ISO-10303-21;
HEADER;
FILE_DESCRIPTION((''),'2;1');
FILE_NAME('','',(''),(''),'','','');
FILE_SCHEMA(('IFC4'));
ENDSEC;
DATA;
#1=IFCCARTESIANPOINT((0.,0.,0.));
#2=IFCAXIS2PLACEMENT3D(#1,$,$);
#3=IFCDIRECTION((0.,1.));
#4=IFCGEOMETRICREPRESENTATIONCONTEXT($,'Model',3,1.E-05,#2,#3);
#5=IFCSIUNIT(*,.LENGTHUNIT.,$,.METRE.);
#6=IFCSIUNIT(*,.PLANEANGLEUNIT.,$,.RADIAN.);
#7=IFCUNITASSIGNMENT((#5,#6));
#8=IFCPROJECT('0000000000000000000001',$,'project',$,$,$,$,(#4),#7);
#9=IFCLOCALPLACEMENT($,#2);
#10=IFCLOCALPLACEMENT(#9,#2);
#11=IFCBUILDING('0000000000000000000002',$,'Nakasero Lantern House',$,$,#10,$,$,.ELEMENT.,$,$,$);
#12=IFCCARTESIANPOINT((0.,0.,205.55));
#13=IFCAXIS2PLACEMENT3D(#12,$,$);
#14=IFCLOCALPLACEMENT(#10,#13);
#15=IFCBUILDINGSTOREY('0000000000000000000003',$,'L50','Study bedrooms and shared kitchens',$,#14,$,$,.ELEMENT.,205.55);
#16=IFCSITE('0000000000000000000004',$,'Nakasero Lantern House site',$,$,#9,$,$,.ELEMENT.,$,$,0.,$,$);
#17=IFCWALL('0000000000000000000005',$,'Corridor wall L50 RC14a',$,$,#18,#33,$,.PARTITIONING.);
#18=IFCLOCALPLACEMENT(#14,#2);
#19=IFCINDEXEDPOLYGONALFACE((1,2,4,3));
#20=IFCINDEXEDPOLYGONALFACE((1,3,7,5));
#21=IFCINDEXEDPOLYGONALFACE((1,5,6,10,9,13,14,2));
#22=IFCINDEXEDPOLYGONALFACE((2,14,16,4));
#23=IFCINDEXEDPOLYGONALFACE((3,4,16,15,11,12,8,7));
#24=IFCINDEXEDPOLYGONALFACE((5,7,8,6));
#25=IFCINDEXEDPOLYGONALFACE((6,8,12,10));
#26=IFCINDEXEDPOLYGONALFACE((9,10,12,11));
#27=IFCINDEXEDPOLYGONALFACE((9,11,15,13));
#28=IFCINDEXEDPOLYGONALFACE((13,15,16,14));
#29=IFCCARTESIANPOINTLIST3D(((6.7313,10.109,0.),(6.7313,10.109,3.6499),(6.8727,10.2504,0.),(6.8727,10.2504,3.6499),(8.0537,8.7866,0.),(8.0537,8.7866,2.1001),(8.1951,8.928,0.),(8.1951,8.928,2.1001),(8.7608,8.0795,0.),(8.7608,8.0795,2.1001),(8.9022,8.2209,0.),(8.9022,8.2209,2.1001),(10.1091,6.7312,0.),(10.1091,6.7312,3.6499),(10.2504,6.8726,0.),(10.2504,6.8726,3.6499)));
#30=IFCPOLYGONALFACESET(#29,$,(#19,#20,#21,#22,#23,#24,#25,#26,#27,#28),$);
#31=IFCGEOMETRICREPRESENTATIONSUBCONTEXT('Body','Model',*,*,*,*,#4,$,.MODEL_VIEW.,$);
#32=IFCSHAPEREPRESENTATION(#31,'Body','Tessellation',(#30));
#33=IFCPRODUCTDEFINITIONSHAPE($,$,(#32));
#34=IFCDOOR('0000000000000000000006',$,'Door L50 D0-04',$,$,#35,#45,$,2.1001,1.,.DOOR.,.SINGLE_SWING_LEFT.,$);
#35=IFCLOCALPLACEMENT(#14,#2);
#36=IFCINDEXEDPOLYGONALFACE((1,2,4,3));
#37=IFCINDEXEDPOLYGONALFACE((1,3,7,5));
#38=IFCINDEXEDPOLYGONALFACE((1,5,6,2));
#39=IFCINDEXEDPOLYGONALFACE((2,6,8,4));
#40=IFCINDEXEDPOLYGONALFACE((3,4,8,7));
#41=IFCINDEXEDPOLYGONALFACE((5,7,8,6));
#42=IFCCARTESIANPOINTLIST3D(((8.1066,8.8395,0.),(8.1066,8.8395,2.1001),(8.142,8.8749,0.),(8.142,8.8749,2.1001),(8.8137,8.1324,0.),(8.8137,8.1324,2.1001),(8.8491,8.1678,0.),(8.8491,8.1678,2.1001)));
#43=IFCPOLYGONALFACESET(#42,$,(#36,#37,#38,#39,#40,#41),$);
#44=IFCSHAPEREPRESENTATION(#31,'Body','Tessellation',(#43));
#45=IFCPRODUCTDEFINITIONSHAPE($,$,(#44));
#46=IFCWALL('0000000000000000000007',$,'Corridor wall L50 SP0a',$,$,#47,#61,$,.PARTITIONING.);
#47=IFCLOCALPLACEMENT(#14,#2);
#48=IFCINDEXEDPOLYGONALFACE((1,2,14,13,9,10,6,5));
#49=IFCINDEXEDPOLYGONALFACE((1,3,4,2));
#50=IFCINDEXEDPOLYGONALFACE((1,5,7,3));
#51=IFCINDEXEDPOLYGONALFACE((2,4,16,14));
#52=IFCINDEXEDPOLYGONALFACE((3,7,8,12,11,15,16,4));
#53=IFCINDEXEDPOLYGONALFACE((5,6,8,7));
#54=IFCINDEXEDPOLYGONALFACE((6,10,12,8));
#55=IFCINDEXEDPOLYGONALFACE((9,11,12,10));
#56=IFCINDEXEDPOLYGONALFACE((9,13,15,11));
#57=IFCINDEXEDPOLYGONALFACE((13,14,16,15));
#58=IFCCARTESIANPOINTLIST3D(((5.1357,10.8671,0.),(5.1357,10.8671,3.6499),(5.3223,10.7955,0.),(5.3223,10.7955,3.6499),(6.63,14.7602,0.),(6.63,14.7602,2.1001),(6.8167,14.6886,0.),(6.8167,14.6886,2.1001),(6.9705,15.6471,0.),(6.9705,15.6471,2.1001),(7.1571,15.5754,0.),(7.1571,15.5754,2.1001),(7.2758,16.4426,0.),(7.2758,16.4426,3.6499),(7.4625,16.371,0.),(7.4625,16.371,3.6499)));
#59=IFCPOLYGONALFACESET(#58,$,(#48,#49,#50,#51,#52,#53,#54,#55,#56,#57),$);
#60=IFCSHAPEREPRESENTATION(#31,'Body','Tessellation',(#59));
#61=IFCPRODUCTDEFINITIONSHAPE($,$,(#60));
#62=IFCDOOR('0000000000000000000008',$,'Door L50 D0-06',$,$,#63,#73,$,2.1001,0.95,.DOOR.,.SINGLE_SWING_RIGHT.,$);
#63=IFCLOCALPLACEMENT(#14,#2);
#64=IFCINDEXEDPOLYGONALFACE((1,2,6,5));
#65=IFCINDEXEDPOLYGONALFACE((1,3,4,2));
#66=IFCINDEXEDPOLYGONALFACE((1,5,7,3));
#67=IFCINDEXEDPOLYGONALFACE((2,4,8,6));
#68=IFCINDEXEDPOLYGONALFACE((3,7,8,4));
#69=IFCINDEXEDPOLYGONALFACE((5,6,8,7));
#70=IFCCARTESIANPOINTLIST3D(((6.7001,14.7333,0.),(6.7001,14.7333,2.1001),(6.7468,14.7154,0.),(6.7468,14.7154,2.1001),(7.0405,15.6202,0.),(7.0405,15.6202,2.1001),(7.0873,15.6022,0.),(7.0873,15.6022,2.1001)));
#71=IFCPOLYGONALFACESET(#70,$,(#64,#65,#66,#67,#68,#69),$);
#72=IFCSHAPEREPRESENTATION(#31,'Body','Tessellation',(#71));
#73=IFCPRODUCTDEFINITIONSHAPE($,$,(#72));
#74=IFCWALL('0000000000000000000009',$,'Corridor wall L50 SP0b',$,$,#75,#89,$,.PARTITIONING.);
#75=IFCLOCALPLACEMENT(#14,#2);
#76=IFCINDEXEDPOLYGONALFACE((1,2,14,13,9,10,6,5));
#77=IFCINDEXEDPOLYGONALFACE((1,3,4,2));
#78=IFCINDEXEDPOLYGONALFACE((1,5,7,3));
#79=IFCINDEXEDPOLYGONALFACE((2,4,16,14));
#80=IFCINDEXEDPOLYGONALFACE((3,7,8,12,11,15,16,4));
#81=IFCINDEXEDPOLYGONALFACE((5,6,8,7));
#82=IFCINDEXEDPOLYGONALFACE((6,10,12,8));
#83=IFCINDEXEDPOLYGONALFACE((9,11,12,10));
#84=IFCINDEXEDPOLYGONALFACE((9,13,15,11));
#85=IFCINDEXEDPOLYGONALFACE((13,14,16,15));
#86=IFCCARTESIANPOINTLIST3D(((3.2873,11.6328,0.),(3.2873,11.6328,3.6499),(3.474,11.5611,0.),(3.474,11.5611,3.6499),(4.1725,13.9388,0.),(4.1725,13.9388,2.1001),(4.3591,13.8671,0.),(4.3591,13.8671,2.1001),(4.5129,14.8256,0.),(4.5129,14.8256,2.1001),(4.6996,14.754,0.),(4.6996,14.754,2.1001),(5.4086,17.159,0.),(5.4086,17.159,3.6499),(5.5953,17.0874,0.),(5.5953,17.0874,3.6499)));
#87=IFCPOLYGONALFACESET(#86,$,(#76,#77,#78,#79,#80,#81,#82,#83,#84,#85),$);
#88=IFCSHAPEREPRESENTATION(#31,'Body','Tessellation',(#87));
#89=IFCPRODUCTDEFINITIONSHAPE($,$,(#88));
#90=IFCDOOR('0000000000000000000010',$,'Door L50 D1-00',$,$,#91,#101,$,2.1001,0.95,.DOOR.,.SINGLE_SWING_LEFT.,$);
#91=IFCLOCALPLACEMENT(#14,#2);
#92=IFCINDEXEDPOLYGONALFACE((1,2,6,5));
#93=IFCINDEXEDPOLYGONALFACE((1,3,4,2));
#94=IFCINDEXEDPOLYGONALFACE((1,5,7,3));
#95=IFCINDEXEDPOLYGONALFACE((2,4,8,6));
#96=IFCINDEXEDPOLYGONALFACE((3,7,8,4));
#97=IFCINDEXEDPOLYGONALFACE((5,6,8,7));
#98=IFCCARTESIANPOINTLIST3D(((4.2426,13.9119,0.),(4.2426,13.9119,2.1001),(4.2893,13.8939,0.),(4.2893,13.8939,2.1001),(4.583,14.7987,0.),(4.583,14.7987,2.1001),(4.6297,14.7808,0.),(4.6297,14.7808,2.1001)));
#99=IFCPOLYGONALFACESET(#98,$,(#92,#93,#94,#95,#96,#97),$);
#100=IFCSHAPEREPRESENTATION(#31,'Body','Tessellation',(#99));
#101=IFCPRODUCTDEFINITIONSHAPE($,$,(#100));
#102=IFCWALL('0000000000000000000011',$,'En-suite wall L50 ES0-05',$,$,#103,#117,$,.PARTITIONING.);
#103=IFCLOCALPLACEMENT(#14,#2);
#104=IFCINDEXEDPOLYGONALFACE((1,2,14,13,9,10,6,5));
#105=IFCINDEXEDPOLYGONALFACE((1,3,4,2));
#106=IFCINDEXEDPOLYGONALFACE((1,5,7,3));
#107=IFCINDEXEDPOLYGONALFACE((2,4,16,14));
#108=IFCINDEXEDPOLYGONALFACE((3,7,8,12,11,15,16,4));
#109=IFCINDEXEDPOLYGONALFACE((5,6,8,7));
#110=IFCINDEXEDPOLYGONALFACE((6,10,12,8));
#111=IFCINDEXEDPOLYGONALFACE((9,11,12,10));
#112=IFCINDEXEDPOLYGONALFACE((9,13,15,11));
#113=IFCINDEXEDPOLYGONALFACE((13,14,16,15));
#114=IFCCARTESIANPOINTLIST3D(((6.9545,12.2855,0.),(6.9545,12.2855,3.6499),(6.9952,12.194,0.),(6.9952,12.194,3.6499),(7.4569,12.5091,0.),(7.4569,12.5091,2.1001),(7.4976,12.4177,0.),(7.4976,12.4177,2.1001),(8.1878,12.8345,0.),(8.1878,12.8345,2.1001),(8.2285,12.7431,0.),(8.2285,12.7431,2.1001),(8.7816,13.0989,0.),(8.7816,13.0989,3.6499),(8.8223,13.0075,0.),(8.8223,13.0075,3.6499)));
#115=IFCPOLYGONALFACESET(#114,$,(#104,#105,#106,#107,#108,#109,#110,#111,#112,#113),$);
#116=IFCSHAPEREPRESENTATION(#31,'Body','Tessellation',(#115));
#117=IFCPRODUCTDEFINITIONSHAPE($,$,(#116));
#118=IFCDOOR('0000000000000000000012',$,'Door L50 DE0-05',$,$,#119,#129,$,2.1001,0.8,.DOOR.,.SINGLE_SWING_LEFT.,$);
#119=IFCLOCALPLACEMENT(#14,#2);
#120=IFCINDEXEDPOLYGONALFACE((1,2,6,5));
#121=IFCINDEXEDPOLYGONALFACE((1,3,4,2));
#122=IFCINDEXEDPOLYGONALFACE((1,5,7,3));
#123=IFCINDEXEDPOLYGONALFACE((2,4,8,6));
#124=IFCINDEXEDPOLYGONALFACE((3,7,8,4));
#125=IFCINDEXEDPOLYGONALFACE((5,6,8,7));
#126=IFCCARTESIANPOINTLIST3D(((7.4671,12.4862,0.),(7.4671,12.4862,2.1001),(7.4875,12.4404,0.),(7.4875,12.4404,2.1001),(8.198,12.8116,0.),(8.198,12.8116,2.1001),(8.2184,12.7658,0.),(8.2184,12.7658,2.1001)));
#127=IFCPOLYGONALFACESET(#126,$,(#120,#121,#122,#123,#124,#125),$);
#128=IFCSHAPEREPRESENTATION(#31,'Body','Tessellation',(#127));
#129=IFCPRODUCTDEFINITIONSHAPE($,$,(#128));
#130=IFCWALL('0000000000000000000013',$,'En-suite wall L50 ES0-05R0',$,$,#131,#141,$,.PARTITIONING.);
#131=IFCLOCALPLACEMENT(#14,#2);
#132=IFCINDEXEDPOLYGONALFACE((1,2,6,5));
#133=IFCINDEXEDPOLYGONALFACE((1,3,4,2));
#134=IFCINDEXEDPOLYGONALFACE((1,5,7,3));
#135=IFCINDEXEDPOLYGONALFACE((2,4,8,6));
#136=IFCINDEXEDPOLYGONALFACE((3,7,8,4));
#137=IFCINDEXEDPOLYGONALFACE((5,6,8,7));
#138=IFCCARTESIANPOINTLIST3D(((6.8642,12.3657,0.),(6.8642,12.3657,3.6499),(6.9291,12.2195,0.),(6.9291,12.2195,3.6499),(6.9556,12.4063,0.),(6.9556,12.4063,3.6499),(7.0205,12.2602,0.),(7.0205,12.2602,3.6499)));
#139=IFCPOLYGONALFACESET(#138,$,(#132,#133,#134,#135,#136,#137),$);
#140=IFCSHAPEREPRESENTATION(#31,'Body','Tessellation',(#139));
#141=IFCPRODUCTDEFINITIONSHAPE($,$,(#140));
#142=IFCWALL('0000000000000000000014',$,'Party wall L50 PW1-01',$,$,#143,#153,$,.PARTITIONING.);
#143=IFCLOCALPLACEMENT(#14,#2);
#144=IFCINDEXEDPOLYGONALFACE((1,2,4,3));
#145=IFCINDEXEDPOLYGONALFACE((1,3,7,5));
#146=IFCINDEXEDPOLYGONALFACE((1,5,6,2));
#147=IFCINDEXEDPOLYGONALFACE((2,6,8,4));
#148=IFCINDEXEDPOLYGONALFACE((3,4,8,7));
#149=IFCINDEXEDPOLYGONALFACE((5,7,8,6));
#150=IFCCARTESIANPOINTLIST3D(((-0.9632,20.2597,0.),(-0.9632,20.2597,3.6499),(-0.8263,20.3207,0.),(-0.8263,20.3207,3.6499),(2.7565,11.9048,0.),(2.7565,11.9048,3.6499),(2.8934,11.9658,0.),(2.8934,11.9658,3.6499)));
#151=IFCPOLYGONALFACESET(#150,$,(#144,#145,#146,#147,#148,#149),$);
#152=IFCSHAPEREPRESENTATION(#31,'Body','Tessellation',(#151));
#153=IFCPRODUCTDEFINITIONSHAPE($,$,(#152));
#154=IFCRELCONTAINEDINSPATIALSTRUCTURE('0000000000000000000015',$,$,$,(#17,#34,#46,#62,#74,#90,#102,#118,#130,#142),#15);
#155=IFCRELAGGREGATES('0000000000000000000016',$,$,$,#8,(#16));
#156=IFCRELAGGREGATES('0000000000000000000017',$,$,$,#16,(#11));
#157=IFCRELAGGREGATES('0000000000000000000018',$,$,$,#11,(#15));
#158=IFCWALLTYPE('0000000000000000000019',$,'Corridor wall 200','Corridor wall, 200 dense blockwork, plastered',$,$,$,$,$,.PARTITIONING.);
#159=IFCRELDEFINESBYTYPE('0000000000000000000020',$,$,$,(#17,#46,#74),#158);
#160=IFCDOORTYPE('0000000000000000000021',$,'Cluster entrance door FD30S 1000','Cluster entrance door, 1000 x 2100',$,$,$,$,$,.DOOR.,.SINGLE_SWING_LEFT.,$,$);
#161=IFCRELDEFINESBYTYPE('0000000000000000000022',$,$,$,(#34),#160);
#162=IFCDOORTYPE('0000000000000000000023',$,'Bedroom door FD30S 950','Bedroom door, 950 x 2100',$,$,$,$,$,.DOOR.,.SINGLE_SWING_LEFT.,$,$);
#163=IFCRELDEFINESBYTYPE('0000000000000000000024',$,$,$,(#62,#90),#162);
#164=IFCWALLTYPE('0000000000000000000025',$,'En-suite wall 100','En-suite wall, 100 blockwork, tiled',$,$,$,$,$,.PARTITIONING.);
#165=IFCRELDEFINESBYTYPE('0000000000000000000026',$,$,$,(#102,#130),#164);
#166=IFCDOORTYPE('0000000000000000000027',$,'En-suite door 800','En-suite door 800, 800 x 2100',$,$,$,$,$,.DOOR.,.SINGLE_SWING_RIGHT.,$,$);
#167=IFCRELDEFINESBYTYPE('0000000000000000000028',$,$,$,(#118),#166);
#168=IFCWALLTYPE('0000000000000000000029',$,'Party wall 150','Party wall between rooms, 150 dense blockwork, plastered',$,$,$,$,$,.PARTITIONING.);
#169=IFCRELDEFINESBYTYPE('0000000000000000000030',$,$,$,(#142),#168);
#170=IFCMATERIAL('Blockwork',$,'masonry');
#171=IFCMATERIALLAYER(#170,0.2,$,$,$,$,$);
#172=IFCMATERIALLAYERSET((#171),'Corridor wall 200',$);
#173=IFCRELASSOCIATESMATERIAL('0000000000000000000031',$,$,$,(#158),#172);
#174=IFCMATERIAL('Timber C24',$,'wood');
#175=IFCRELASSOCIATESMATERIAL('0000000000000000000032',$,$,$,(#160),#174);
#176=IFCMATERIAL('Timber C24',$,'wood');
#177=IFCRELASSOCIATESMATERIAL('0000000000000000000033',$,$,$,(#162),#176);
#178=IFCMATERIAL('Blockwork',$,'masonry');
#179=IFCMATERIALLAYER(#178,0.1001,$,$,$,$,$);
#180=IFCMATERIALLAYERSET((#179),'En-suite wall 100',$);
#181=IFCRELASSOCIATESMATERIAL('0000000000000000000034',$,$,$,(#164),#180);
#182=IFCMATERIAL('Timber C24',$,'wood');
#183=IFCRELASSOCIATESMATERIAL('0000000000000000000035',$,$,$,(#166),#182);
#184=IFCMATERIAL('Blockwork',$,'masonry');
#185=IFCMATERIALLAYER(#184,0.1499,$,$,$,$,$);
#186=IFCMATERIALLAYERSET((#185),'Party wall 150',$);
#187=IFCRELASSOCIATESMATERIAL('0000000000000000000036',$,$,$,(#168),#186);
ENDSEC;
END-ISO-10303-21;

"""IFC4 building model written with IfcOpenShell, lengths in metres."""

from ifc_helpers import new_model, si_unit, direction, frame, frame_2d, origin, place, context, subcontext, project, spatial, rectangle, extrude, material, layer, layer_set, type_object, element, fill, save


model = new_model("IFC4")

# Units and contexts
model_context = context("Model", 3, precision=1e-05, world=origin(), true_north=direction((0.0, 1.0)))
body_context = subcontext(model_context, "Body", "Model", "MODEL_VIEW")
ifc_project = project(units=[si_unit("LENGTHUNIT", "METRE"), si_unit("PLANEANGLEUNIT", "RADIAN")], contexts=[model_context])

# Site, building, storey
site_placement = place(None, origin())
site = spatial("IfcSite", under=ifc_project, at=site_placement, Name="Nakasero Lantern House site", CompositionType="ELEMENT", RefElevation=0.0)
building_placement = place(site_placement, origin())
building = spatial("IfcBuilding", under=site, at=building_placement, Name="Nakasero Lantern House", CompositionType="ELEMENT")
storey_placement = place(building_placement, frame((0.0, 0.0, 205.55)))
storey = spatial("IfcBuildingStorey", under=building, at=storey_placement, Name="L50", Description="Study bedrooms and shared kitchens", CompositionType="ELEMENT", Elevation=205.55)

# Shared definitions
ifc_material_1 = material(Name="Blockwork", Category="masonry")
ifc_layer_1 = layer(ifc_material_1, 0.2)
ifc_layer_set_1 = layer_set([ifc_layer_1], Name="Corridor wall 200")
wall_type_1 = type_object("IfcWallType", Name="Corridor wall 200", Description="Corridor wall, 200 dense blockwork, plastered", PredefinedType="PARTITIONING", material=ifc_layer_set_1)

# Walls, openings, doors
wall_1_placement = place(storey_placement, frame((6.802, 10.1797, 0.0), z_axis=(0.0, 0.0, 1.0), x_axis=(0.707107, -0.707107, 0.0)))
wall_1 = element("IfcWall", 1, at=wall_1_placement, inside=storey, type_object=wall_type_1, Name="Corridor wall L50 RC14a", PredefinedType="PARTITIONING", context=body_context, shape_type="SweptSolid", body=[
    extrude(rectangle(XDim=4.7769, YDim=0.2, at=frame_2d((2.3884, 0.0))), origin(), (0.0, 0.0, 1.0), 3.6499),
])
opening_1_placement = place(wall_1_placement, frame((1.8701, 0.0, 0.0)))
opening_1 = element("IfcOpeningElement", 2, at=opening_1_placement, cuts=wall_1, PredefinedType="OPENING", context=body_context, shape_type="SweptSolid", body=[
    extrude(rectangle(XDim=1.0, YDim=2.1001, at=frame_2d((0.5, 1.05))), frame((0.0, 0.1199, 0.0), z_axis=(0.0, -1.0, 0.0), x_axis=(1.0, 0.0, 0.0)), (0.0, 0.0, 1.0), 0.24),
])
ifc_material_2 = material(Name="Timber C24", Category="wood")
door_type_1 = type_object("IfcDoorType", Name="Cluster entrance door FD30S 1000", Description="Cluster entrance door, 1000 x 2100", OperationType="SINGLE_SWING_LEFT", PredefinedType="DOOR", material=ifc_material_2)
door_1_placement = place(opening_1_placement, origin())
door_1 = element("IfcDoor", 3, at=door_1_placement, inside=storey, type_object=door_type_1, Name="Door L50 D0-04", OperationType="SINGLE_SWING_LEFT", OverallHeight=2.1001, OverallWidth=1.0, PredefinedType="DOOR", context=body_context, shape_type="SweptSolid", body=[
    extrude(rectangle(XDim=1.0, YDim=2.1001, at=frame_2d((0.5, 1.05))), frame((0.0, 0.0249, 0.0), z_axis=(0.0, -1.0, 0.0), x_axis=(1.0, 0.0, 0.0)), (0.0, 0.0, 1.0), 0.05),
])
fill(opening_1, door_1)
wall_2_placement = place(storey_placement, frame((5.229, 10.8313, 0.0), z_axis=(0.0, 0.0, 1.0), x_axis=(0.358357, 0.933585, 0.0)))
wall_2 = element("IfcWall", 4, at=wall_2_placement, inside=storey, type_object=wall_type_1, Name="Corridor wall L50 SP0a", PredefinedType="PARTITIONING", context=body_context, shape_type="SweptSolid", body=[
    extrude(rectangle(XDim=5.9722, YDim=0.2, at=frame_2d((2.9861, 0.0))), origin(), (0.0, 0.0, 1.0), 3.6499),
])
opening_2_placement = place(wall_2_placement, frame((4.1699, 0.0, 0.0)))
opening_2 = element("IfcOpeningElement", 5, at=opening_2_placement, cuts=wall_2, PredefinedType="OPENING", context=body_context, shape_type="SweptSolid", body=[
    extrude(rectangle(XDim=0.95, YDim=2.1001, at=frame_2d((0.4751, 1.05))), frame((0.0, 0.1199, 0.0), z_axis=(0.0, -1.0, 0.0), x_axis=(1.0, 0.0, 0.0)), (0.0, 0.0, 1.0), 0.24),
])
ifc_material_3 = material(Name="Timber C24", Category="wood")
door_type_2 = type_object("IfcDoorType", Name="Bedroom door FD30S 950", Description="Bedroom door, 950 x 2100", OperationType="SINGLE_SWING_LEFT", PredefinedType="DOOR", material=ifc_material_3)
door_2_placement = place(opening_2_placement, origin())
door_2 = element("IfcDoor", 6, at=door_2_placement, inside=storey, type_object=door_type_2, Name="Door L50 D0-06", OperationType="SINGLE_SWING_RIGHT", OverallHeight=2.1001, OverallWidth=0.95, PredefinedType="DOOR", context=body_context, shape_type="SweptSolid", body=[
    extrude(rectangle(XDim=0.95, YDim=2.1001, at=frame_2d((0.4751, 1.05))), frame((0.0, 0.0249, 0.0), z_axis=(0.0, -1.0, 0.0), x_axis=(1.0, 0.0, 0.0)), (0.0, 0.0, 1.0), 0.05),
])
fill(opening_2, door_2)
wall_3_placement = place(storey_placement, frame((3.3806, 11.5969, 0.0), z_axis=(0.0, 0.0, 1.0), x_axis=(0.358363, 0.933582, 0.0)))
wall_3 = element("IfcWall", 7, at=wall_3_placement, inside=storey, type_object=wall_type_1, Name="Corridor wall L50 SP0b", PredefinedType="PARTITIONING", context=body_context, shape_type="SweptSolid", body=[
    extrude(rectangle(XDim=5.9194, YDim=0.2, at=frame_2d((2.9597, 0.0))), origin(), (0.0, 0.0, 1.0), 3.6499),
])
opening_3_placement = place(wall_3_placement, frame((2.47, 0.0, 0.0)))
opening_3 = element("IfcOpeningElement", 8, at=opening_3_placement, cuts=wall_3, PredefinedType="OPENING", context=body_context, shape_type="SweptSolid", body=[
    extrude(rectangle(XDim=0.95, YDim=2.1001, at=frame_2d((0.4751, 1.05))), frame((0.0, 0.1199, 0.0), z_axis=(0.0, -1.0, 0.0), x_axis=(1.0, 0.0, 0.0)), (0.0, 0.0, 1.0), 0.24),
])
door_3_placement = place(opening_3_placement, origin())
door_3 = element("IfcDoor", 9, at=door_3_placement, inside=storey, type_object=door_type_2, Name="Door L50 D1-00", OperationType="SINGLE_SWING_LEFT", OverallHeight=2.1001, OverallWidth=0.95, PredefinedType="DOOR", context=body_context, shape_type="SweptSolid", body=[
    extrude(rectangle(XDim=0.95, YDim=2.1001, at=frame_2d((0.4751, 1.05))), frame((0.0, 0.0249, 0.0), z_axis=(0.0, -1.0, 0.0), x_axis=(1.0, 0.0, 0.0)), (0.0, 0.0, 1.0), 0.05),
])
fill(opening_3, door_3)
ifc_material_4 = material(Name="Blockwork", Category="masonry")
ifc_layer_2 = layer(ifc_material_4, 0.1001)
ifc_layer_set_2 = layer_set([ifc_layer_2], Name="En-suite wall 100")
wall_type_2 = type_object("IfcWallType", Name="En-suite wall 100", Description="En-suite wall, 100 blockwork, tiled", PredefinedType="PARTITIONING", material=ifc_layer_set_2)
wall_4_placement = place(storey_placement, frame((6.9749, 12.2397, 0.0), z_axis=(0.0, 0.0, 1.0), x_axis=(0.91355, 0.406727, 0.0)))
wall_4 = element("IfcWall", 10, at=wall_4_placement, inside=storey, type_object=wall_type_2, Name="En-suite wall L50 ES0-05", PredefinedType="PARTITIONING", context=body_context, shape_type="SweptSolid", body=[
    extrude(rectangle(XDim=2.0, YDim=0.1001, at=frame_2d((1.0, 0.0))), origin(), (0.0, 0.0, 1.0), 3.6499),
])
opening_4_placement = place(wall_4_placement, frame((0.55, 0.0, 0.0)))
opening_4 = element("IfcOpeningElement", 11, at=opening_4_placement, cuts=wall_4, PredefinedType="OPENING", context=body_context, shape_type="SweptSolid", body=[
    extrude(rectangle(XDim=0.8, YDim=2.1001, at=frame_2d((0.3999, 1.05))), frame((0.0, 0.0701, 0.0), z_axis=(0.0, -1.0, 0.0), x_axis=(1.0, 0.0, 0.0)), (0.0, 0.0, 1.0), 0.1401),
])
ifc_material_5 = material(Name="Timber C24", Category="wood")
door_type_3 = type_object("IfcDoorType", Name="En-suite door 800", Description="En-suite door 800, 800 x 2100", OperationType="SINGLE_SWING_RIGHT", PredefinedType="DOOR", material=ifc_material_5)
door_4_placement = place(opening_4_placement, origin())
door_4 = element("IfcDoor", 12, at=door_4_placement, inside=storey, type_object=door_type_3, Name="Door L50 DE0-05", OperationType="SINGLE_SWING_LEFT", OverallHeight=2.1001, OverallWidth=0.8, PredefinedType="DOOR", context=body_context, shape_type="SweptSolid", body=[
    extrude(rectangle(XDim=0.8, YDim=2.1001, at=frame_2d((0.3999, 1.05))), frame((0.0, 0.0249, 0.0), z_axis=(0.0, -1.0, 0.0), x_axis=(1.0, 0.0, 0.0)), (0.0, 0.0, 1.0), 0.05),
])
fill(opening_4, door_4)

# Walls
wall_5_placement = place(storey_placement, frame((6.9749, 12.2397, 0.0), z_axis=(0.0, 0.0, 1.0), x_axis=(-0.405855, 0.913937, 0.0)))
element("IfcWall", 13, at=wall_5_placement, inside=storey, type_object=wall_type_2, Name="En-suite wall L50 ES0-05R0", PredefinedType="PARTITIONING", context=body_context, shape_type="SweptSolid", body=[
    extrude(rectangle(XDim=0.1599, YDim=0.1001, at=frame_2d((0.0801, 0.0))), origin(), (0.0, 0.0, 1.0), 3.6499),
])
ifc_material_6 = material(Name="Blockwork", Category="masonry")
ifc_layer_3 = layer(ifc_material_6, 0.1499)
ifc_layer_set_3 = layer_set([ifc_layer_3], Name="Party wall 150")
wall_type_3 = type_object("IfcWallType", Name="Party wall 150", Description="Party wall between rooms, 150 dense blockwork, plastered", PredefinedType="PARTITIONING", material=ifc_layer_set_3)
wall_6_placement = place(storey_placement, frame((2.825, 11.9353, 0.0), z_axis=(0.0, 0.0, 1.0), x_axis=(-0.406723, 0.913552, 0.0)))
element("IfcWall", 14, at=wall_6_placement, inside=storey, type_object=wall_type_3, Name="Party wall L50 PW1-01", PredefinedType="PARTITIONING", context=body_context, shape_type="SweptSolid", body=[
    extrude(rectangle(XDim=9.1455, YDim=0.1499, at=frame_2d((4.5728, 0.0))), origin(), (0.0, 0.0, 1.0), 3.6499),
])

save(model, "model.ifc")
